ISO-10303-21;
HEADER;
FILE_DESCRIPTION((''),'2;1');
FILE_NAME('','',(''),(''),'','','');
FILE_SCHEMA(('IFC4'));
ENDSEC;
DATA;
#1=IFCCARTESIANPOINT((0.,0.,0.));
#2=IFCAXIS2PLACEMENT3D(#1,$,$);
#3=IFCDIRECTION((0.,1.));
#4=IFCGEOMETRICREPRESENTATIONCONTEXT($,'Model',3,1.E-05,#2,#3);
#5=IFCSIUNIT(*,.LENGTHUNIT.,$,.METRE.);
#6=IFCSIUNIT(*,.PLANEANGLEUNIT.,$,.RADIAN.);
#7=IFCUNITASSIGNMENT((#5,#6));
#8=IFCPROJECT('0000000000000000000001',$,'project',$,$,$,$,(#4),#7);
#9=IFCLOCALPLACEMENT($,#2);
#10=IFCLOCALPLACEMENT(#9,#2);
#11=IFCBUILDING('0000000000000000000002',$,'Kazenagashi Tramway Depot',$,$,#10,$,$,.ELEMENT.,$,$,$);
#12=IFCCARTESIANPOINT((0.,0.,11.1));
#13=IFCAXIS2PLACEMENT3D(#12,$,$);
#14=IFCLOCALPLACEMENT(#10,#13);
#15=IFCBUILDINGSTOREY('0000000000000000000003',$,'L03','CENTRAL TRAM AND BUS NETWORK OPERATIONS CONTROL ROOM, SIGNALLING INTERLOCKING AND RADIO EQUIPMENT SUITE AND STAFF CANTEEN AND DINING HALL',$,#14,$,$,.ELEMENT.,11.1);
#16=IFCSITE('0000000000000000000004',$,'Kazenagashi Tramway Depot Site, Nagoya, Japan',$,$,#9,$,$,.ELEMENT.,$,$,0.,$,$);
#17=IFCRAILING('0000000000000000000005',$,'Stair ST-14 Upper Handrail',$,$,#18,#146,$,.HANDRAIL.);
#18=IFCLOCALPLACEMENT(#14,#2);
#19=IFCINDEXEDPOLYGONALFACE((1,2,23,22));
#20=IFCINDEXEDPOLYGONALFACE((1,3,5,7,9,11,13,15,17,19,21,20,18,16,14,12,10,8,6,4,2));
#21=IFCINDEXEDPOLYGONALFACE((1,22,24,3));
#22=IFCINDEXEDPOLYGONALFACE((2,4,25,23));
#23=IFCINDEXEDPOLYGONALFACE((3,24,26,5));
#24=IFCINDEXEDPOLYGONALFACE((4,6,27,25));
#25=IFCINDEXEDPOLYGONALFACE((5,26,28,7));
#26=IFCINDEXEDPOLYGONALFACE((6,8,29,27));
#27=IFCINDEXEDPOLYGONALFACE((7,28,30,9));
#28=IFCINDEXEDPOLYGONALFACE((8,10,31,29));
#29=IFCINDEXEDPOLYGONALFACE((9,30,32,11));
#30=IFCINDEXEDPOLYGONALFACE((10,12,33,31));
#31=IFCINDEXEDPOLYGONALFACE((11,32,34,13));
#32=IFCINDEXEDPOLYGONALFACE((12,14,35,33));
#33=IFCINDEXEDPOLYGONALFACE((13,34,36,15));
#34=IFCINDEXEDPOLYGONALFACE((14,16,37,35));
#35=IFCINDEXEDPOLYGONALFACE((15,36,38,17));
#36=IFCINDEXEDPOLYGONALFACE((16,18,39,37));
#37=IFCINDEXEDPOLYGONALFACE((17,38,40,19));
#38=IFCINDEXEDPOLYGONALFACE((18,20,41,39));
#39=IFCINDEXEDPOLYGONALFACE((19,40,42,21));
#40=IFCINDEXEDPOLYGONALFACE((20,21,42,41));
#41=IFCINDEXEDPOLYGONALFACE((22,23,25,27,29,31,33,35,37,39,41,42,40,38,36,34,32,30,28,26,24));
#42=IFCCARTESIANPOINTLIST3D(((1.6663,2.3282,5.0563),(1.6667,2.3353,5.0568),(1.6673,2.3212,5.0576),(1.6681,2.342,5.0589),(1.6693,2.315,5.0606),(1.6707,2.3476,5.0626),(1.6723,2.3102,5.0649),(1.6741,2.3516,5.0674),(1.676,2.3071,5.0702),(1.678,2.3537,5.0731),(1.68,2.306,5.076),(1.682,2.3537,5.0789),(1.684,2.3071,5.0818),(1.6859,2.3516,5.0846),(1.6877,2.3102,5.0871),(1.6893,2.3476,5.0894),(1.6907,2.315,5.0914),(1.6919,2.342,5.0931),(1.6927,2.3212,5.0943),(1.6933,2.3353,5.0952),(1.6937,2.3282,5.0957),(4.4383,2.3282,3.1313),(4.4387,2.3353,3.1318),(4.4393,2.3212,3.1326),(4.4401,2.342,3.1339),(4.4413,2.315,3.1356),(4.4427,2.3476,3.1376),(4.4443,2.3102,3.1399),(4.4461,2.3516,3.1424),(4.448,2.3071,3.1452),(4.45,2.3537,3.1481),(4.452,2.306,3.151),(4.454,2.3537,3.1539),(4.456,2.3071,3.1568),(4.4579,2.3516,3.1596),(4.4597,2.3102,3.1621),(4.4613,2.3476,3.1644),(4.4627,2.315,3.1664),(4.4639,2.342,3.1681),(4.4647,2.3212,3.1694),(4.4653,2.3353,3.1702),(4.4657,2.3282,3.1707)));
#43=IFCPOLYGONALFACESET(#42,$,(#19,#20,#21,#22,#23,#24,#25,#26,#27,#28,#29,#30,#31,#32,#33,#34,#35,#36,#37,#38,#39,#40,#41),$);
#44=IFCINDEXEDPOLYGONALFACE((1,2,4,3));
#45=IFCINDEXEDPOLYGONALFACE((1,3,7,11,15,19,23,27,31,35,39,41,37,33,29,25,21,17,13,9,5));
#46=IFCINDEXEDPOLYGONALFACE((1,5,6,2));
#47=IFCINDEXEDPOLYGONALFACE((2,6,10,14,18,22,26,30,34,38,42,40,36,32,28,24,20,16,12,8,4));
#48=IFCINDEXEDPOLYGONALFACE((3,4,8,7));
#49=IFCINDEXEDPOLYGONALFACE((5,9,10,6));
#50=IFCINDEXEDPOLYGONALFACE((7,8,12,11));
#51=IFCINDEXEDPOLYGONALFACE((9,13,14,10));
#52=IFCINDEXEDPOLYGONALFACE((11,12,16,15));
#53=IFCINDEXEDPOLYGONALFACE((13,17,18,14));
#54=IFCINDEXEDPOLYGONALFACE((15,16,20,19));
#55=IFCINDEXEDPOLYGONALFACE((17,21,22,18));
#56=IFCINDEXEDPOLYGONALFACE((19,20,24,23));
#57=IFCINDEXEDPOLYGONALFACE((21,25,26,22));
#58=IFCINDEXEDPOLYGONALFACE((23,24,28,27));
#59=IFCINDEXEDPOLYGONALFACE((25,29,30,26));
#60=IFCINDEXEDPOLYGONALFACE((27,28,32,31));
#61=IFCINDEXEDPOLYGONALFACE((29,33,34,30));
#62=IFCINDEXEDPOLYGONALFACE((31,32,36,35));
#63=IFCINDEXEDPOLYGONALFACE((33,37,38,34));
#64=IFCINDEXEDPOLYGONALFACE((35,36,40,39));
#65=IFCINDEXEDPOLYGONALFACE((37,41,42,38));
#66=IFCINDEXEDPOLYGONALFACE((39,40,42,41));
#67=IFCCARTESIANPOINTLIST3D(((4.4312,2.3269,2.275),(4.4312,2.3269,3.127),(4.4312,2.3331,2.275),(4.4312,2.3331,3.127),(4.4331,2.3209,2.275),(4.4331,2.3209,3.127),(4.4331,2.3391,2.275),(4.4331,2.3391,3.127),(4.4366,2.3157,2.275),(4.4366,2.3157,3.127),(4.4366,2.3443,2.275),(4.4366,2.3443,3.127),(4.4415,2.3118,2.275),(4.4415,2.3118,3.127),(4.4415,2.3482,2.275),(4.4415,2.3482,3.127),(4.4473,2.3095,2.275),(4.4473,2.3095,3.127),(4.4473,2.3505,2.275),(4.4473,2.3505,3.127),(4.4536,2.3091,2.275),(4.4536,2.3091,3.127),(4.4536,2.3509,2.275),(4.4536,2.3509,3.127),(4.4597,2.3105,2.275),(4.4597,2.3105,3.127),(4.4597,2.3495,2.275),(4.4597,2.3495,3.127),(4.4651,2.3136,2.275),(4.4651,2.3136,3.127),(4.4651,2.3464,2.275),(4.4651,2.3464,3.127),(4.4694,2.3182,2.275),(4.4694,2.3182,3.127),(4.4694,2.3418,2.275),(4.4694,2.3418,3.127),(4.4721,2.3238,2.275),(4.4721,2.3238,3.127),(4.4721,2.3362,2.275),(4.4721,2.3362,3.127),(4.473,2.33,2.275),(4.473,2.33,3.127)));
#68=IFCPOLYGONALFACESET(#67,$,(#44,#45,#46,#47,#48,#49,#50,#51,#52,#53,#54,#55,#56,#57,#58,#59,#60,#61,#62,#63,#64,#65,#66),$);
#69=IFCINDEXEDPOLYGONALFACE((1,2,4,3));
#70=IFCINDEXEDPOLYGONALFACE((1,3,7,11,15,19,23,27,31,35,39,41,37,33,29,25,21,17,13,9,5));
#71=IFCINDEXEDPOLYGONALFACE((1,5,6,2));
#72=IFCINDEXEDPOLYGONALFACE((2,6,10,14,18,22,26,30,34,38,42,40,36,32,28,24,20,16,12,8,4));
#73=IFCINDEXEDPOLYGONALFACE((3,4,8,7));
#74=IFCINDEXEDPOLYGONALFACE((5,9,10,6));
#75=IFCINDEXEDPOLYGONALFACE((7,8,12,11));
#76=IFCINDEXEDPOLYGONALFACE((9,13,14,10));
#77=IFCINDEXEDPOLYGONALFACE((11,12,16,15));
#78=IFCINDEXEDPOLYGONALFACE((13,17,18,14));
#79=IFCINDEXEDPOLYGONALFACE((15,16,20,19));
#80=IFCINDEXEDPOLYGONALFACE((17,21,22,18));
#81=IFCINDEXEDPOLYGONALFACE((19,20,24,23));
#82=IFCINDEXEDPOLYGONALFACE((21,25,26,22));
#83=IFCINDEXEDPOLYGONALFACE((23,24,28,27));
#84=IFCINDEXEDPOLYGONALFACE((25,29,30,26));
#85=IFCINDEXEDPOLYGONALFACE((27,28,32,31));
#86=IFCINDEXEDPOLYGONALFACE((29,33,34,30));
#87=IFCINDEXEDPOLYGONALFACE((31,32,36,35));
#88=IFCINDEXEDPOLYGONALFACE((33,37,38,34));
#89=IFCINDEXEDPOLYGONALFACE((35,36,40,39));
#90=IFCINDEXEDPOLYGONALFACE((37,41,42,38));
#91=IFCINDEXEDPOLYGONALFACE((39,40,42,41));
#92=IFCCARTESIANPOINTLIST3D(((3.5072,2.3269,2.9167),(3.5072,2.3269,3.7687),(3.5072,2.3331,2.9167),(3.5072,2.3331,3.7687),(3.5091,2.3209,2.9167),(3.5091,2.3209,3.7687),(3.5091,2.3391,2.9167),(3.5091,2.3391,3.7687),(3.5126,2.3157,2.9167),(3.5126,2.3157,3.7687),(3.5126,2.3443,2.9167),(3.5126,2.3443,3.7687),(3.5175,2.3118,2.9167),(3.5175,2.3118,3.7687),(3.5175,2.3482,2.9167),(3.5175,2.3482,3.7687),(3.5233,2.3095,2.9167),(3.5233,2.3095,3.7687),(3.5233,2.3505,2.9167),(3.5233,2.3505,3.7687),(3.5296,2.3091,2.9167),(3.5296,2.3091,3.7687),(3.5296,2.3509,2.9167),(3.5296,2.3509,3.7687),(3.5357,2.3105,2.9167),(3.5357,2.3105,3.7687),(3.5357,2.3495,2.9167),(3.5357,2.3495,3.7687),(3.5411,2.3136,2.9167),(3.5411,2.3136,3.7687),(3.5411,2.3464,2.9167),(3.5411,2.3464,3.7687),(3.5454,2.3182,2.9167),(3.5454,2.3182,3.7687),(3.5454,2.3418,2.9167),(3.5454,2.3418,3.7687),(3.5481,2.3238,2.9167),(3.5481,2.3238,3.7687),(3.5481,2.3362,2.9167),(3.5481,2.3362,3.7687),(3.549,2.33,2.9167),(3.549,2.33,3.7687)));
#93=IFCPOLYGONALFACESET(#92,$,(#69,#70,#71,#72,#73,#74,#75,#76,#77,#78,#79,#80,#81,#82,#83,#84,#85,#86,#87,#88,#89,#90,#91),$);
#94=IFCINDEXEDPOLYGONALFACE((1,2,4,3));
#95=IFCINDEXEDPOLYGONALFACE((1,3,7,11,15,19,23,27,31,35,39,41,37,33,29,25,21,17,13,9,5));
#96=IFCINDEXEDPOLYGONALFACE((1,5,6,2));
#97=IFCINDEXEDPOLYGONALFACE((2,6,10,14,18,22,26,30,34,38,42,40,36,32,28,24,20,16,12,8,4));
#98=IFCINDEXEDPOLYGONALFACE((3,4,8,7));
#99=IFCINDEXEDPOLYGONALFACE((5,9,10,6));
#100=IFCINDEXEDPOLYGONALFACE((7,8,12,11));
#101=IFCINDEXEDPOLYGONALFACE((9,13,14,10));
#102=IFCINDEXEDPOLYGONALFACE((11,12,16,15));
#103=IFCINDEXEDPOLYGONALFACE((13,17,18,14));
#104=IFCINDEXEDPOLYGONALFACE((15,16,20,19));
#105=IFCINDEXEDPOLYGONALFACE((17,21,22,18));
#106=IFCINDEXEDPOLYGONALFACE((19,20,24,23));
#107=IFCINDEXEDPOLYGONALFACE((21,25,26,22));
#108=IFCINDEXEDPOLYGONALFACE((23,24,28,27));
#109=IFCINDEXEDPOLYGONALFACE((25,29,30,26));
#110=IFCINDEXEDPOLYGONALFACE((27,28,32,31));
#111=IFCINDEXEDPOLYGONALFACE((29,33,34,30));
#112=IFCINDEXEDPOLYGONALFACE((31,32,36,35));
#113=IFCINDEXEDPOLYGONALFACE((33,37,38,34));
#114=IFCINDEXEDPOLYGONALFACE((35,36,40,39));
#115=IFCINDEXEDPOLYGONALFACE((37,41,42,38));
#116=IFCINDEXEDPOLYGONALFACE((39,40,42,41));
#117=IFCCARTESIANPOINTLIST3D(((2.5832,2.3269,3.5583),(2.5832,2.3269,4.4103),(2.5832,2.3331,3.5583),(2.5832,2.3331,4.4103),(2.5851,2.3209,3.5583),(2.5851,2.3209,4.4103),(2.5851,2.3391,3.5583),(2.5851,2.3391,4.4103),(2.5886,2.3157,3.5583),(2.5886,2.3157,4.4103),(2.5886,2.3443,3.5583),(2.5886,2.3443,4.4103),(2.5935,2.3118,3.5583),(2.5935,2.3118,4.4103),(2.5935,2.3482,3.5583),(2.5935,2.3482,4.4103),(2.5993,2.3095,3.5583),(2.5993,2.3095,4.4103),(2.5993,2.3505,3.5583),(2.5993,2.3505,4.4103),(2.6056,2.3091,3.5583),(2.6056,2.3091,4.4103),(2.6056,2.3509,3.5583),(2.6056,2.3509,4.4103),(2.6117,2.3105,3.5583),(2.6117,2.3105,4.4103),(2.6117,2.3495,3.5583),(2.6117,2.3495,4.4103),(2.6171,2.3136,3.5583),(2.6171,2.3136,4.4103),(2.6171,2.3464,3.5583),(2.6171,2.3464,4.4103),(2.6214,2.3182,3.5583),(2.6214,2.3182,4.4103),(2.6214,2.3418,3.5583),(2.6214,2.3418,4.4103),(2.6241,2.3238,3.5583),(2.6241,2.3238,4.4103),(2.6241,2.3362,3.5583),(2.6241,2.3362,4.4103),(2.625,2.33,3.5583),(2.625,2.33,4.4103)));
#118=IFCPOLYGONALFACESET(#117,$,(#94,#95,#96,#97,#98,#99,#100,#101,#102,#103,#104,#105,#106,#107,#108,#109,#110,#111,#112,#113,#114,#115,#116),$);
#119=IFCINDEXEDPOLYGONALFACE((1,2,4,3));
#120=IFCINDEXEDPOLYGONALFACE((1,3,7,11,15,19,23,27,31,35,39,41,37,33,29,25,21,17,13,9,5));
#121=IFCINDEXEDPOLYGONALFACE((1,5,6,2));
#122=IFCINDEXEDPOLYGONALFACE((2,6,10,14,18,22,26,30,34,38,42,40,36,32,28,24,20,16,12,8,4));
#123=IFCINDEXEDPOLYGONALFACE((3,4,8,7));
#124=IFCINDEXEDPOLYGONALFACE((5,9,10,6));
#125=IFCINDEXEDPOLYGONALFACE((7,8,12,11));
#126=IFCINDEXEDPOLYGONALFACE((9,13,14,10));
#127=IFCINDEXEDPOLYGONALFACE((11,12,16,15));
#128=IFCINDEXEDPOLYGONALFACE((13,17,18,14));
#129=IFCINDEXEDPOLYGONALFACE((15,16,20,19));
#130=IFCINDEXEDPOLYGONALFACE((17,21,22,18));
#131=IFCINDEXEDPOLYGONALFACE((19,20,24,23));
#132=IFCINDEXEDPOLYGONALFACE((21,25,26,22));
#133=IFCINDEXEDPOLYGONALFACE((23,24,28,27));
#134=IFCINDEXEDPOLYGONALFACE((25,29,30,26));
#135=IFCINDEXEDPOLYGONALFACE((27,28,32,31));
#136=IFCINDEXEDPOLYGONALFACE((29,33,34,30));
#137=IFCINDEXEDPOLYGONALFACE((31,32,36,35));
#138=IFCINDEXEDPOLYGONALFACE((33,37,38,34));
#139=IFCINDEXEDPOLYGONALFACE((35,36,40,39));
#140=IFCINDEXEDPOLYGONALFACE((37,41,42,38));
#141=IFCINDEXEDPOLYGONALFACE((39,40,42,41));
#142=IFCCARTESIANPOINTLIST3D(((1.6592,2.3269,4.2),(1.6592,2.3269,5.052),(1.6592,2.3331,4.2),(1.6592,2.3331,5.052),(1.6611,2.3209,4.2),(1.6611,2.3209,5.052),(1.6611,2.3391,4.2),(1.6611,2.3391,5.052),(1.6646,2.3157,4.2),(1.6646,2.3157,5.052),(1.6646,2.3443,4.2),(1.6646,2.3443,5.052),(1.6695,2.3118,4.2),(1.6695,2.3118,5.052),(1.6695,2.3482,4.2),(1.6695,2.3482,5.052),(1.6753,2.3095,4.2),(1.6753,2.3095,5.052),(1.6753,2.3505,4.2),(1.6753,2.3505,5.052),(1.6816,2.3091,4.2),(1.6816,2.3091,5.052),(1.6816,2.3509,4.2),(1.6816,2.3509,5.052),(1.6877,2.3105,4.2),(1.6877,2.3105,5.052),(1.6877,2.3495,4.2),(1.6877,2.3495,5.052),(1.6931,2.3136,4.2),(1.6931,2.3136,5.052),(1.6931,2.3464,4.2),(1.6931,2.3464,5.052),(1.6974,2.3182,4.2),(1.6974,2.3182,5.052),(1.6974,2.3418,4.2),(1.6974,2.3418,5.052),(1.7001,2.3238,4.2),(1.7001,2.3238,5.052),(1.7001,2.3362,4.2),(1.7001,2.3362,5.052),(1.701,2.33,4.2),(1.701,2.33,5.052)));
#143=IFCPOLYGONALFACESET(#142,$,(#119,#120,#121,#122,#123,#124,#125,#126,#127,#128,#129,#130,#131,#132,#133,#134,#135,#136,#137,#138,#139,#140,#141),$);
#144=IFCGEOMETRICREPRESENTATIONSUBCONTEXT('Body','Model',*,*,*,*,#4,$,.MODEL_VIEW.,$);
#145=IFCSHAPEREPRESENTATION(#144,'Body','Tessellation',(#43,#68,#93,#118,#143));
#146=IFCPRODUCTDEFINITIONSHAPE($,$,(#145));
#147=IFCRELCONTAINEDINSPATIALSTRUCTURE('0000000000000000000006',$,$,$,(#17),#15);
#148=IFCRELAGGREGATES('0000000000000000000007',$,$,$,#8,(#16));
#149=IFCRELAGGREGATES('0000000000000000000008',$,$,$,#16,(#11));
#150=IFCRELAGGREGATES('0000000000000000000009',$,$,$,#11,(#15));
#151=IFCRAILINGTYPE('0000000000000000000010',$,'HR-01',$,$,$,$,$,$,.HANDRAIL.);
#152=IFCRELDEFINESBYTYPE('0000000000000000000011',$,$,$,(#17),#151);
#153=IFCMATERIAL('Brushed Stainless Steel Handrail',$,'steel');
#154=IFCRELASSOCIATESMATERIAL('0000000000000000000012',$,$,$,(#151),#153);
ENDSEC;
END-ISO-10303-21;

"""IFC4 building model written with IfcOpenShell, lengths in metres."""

from ifc_helpers import new_model, si_unit, direction, frame, origin, origin_2d, place, context, subcontext, project, spatial, circle, extrude, material, type_object, element, save


model = new_model("IFC4")

# Units and contexts
model_context = context("Model", 3, precision=1e-05, world=origin(), true_north=direction((0.0, 1.0)))
body_context = subcontext(model_context, "Body", "Model", "MODEL_VIEW")
ifc_project = project(units=[si_unit("LENGTHUNIT", "METRE"), si_unit("PLANEANGLEUNIT", "RADIAN")], contexts=[model_context])

# Site, building, storey
site_placement = place(None, origin())
site = spatial("IfcSite", under=ifc_project, at=site_placement, Name="Kazenagashi Tramway Depot Site, Nagoya, Japan", CompositionType="ELEMENT", RefElevation=0.0)
building_placement = place(site_placement, origin())
building = spatial("IfcBuilding", under=site, at=building_placement, Name="Kazenagashi Tramway Depot", CompositionType="ELEMENT")
storey_placement = place(building_placement, frame((0.0, 0.0, 11.1)))
storey = spatial("IfcBuildingStorey", under=building, at=storey_placement, Name="L03", Description="CENTRAL TRAM AND BUS NETWORK OPERATIONS CONTROL ROOM, SIGNALLING INTERLOCKING AND RADIO EQUIPMENT SUITE AND STAFF CANTEEN AND DINING HALL", CompositionType="ELEMENT", Elevation=11.1)

# Railing
ifc_material_1 = material(Name="Brushed Stainless Steel Handrail", Category="steel")
railing_type_1 = type_object("IfcRailingType", Name="HR-01", PredefinedType="HANDRAIL", material=ifc_material_1)
railing_1_placement = place(storey_placement, frame((4.452, 2.33, 2.275)))
element("IfcRailing", 1, at=railing_1_placement, inside=storey, type_object=railing_type_1, Name="Stair ST-14 Upper Handrail", PredefinedType="HANDRAIL", context=body_context, shape_type="SweptSolid", body=[
    extrude(circle(Radius=0.024, at=origin_2d()), frame((0.0, 0.0, 0.876), z_axis=(-0.82137, 0.0, 0.570396), x_axis=(0.0, -1.0, 0.0)), (0.0, 0.0, 1.0), 3.3748),
    extrude(circle(Radius=0.021, at=origin_2d()), origin(), (0.0, 0.0, 1.0), 0.852),
    extrude(circle(Radius=0.021, at=origin_2d()), frame((-0.924, 0.0, 0.6417)), (0.0, 0.0, 1.0), 0.852),
    extrude(circle(Radius=0.021, at=origin_2d()), frame((-1.848, 0.0, 1.2833)), (0.0, 0.0, 1.0), 0.852),
    extrude(circle(Radius=0.021, at=origin_2d()), frame((-2.772, 0.0, 1.925)), (0.0, 0.0, 1.0), 0.852),
])

save(model, "model.ifc")
